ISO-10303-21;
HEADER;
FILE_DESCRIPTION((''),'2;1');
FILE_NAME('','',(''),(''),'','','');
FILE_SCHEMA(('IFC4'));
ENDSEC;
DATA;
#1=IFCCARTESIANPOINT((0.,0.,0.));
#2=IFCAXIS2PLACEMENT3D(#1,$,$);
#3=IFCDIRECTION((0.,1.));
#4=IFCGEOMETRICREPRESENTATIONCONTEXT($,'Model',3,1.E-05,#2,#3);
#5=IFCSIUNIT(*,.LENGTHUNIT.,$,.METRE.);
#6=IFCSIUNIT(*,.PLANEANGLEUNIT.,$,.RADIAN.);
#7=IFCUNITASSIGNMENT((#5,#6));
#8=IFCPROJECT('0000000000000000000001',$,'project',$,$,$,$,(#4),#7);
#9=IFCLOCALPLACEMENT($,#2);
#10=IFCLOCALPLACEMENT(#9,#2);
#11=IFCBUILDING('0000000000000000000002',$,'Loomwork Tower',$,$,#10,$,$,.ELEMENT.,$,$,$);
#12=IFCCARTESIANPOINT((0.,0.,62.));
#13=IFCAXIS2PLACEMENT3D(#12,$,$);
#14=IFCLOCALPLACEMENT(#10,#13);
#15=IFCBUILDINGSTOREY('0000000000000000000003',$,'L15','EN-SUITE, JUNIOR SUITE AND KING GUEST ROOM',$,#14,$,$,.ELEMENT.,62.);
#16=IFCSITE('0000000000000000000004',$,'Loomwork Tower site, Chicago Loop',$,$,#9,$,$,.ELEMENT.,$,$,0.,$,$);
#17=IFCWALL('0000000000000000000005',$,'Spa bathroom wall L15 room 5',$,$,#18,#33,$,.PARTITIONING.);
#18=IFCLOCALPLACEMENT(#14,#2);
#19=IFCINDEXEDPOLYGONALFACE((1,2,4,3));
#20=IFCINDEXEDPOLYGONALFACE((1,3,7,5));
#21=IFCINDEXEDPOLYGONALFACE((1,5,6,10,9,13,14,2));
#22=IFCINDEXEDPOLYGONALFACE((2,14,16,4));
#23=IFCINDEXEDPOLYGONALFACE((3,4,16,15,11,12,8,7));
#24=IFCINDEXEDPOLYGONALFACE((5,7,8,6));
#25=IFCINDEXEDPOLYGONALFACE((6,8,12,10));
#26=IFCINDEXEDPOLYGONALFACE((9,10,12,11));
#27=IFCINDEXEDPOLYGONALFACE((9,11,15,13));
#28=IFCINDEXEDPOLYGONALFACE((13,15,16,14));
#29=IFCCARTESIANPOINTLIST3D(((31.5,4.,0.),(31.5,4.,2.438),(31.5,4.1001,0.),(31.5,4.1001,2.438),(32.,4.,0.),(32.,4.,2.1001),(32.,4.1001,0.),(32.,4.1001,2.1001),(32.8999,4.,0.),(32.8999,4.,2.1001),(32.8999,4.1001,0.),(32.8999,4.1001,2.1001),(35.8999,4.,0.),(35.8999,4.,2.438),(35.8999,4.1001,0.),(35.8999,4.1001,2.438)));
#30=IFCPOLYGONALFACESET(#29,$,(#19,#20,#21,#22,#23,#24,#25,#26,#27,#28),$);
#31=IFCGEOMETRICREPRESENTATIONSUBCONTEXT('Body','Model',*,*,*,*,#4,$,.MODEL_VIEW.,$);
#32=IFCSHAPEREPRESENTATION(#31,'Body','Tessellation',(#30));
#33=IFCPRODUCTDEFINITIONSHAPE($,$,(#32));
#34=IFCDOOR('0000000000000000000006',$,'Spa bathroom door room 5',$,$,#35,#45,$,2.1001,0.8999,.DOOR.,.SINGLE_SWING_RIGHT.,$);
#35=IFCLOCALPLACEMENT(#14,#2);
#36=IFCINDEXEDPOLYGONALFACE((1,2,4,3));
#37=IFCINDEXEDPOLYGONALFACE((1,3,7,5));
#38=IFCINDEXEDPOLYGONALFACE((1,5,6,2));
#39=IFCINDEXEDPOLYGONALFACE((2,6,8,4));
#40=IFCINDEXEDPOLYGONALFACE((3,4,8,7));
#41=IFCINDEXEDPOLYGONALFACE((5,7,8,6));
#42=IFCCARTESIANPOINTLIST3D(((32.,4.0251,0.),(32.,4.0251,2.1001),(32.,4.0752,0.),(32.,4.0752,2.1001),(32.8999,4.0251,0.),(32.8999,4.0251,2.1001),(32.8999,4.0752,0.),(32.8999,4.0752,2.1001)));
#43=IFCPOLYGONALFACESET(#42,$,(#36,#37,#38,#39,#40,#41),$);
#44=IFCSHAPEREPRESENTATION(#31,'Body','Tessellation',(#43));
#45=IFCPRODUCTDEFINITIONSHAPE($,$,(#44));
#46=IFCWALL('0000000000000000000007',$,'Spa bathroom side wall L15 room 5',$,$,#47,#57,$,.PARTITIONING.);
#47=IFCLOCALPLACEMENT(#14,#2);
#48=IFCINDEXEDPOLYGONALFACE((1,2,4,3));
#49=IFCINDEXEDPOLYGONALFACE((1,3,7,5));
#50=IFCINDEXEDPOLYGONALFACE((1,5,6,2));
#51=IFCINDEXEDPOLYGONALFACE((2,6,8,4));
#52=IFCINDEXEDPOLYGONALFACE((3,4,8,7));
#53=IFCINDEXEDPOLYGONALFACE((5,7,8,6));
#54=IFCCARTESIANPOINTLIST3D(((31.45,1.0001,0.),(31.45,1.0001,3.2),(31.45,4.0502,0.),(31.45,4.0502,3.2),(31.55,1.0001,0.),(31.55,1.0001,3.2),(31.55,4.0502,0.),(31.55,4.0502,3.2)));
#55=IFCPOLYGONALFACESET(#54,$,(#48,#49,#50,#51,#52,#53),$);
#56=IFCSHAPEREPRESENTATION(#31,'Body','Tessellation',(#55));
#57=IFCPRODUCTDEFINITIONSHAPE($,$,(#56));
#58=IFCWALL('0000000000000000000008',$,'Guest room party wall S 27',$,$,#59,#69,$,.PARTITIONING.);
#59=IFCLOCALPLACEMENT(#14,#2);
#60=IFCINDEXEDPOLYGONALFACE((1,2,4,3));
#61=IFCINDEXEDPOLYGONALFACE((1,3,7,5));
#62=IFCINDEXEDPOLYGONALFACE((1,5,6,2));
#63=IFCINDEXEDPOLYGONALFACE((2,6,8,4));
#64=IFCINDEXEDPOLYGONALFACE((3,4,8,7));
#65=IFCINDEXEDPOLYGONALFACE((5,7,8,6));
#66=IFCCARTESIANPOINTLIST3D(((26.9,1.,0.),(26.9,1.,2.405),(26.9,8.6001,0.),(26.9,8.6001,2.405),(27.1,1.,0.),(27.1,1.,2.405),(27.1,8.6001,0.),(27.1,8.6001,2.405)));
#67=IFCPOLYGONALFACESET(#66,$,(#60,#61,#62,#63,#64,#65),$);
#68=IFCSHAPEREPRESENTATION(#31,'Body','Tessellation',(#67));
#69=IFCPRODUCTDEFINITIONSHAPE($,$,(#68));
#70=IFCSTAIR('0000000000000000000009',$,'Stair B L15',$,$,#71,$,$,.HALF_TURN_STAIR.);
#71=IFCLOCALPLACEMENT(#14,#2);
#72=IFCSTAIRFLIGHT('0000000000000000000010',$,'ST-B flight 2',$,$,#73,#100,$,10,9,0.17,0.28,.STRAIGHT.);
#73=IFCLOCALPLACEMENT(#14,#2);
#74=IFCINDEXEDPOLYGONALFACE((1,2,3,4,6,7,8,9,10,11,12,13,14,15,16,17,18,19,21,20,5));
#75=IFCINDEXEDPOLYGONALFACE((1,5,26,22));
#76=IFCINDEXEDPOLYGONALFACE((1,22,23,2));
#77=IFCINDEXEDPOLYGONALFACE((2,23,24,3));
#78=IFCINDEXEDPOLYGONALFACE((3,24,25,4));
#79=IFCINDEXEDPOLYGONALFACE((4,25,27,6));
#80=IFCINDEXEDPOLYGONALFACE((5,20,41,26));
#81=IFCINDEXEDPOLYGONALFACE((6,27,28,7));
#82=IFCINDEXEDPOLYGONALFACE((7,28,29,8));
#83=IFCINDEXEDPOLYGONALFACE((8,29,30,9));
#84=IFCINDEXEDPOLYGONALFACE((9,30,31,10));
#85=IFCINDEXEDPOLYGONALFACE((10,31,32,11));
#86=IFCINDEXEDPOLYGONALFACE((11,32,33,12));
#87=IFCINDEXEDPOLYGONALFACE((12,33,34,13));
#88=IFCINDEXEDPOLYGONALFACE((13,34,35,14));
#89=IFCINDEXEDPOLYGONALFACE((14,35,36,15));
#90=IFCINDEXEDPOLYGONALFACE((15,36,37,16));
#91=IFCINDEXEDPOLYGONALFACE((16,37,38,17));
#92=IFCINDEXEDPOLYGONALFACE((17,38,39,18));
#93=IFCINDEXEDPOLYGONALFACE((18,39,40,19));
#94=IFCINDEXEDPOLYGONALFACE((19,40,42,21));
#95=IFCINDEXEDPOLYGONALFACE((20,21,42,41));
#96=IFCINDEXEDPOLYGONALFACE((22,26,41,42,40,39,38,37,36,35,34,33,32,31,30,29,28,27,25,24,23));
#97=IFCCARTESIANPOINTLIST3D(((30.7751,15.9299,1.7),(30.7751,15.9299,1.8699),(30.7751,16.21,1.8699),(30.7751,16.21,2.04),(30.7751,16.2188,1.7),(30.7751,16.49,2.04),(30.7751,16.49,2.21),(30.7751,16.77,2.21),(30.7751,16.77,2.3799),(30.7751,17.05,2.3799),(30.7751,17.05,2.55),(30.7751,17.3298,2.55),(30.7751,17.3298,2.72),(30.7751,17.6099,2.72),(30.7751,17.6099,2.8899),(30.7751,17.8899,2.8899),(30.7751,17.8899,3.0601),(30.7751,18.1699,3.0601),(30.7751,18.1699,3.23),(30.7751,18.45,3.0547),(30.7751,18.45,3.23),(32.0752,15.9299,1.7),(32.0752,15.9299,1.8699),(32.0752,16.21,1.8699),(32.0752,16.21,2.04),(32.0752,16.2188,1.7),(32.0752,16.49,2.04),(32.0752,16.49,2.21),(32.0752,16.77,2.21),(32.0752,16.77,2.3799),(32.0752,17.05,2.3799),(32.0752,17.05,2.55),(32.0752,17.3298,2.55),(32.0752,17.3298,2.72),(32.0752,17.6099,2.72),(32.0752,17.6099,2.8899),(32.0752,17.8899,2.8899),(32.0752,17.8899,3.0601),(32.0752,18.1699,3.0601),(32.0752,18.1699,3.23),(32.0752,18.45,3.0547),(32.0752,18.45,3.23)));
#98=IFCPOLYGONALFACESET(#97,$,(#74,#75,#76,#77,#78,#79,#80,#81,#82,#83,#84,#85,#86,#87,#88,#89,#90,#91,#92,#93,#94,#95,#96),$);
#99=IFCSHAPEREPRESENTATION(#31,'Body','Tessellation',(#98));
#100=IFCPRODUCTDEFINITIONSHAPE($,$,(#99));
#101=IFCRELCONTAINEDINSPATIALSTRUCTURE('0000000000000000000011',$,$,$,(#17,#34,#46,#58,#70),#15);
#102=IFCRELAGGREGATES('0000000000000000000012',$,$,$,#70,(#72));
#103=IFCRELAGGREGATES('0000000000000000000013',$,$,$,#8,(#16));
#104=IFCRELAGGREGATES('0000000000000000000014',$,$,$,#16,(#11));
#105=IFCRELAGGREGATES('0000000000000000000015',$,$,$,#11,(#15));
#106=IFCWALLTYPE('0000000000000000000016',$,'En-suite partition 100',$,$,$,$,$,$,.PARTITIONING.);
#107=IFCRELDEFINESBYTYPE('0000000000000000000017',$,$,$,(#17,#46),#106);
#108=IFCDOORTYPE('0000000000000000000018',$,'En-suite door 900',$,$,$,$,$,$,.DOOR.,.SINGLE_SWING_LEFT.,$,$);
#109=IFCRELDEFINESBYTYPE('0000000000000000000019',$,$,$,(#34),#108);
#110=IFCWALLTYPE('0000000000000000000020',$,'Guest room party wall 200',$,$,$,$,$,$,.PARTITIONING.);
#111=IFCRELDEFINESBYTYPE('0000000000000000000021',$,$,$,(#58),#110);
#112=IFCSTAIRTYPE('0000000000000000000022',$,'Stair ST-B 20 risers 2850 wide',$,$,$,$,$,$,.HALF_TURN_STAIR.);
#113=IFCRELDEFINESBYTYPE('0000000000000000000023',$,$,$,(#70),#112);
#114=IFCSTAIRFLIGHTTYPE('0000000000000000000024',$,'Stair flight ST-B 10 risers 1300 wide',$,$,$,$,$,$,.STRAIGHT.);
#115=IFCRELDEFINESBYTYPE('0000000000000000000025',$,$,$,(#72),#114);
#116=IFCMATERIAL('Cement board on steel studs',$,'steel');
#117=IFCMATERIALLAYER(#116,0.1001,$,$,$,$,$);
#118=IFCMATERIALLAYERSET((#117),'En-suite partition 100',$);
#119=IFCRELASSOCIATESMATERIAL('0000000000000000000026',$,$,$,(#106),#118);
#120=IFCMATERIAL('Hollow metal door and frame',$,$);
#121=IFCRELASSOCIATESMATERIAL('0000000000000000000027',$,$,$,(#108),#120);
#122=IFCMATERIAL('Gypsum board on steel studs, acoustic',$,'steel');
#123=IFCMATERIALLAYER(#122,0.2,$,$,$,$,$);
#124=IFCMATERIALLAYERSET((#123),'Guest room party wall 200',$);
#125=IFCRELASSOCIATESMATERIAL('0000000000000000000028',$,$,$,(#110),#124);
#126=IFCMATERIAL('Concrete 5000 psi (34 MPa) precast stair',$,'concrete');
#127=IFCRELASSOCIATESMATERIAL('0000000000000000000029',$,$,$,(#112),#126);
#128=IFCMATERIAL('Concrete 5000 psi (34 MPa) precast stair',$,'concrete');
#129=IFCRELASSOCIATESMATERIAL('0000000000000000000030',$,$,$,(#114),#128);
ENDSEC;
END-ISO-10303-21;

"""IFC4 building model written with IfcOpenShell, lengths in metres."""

from ifc_helpers import new_model, si_unit, direction, frame, frame_2d, origin, place, context, subcontext, project, spatial, polyline, rectangle, outline, extrude, material, layer, layer_set, type_object, element, fill, aggregate, save


model = new_model("IFC4")

# Units and contexts
model_context = context("Model", 3, precision=1e-05, world=origin(), true_north=direction((0.0, 1.0)))
body_context = subcontext(model_context, "Body", "Model", "MODEL_VIEW")
ifc_project = project(units=[si_unit("LENGTHUNIT", "METRE"), si_unit("PLANEANGLEUNIT", "RADIAN")], contexts=[model_context])

# Site, building, storey
site_placement = place(None, origin())
site = spatial("IfcSite", under=ifc_project, at=site_placement, Name="Loomwork Tower site, Chicago Loop", CompositionType="ELEMENT", RefElevation=0.0)
building_placement = place(site_placement, origin())
building = spatial("IfcBuilding", under=site, at=building_placement, Name="Loomwork Tower", CompositionType="ELEMENT")
storey_placement = place(building_placement, frame((0.0, 0.0, 62.0)))
storey = spatial("IfcBuildingStorey", under=building, at=storey_placement, Name="L15", Description="EN-SUITE, JUNIOR SUITE AND KING GUEST ROOM", CompositionType="ELEMENT", Elevation=62.0)

# Wall, opening, door
ifc_material_1 = material(Name="Cement board on steel studs", Category="steel")
ifc_layer_1 = layer(ifc_material_1, 0.1001)
ifc_layer_set_1 = layer_set([ifc_layer_1], Name="En-suite partition 100")
wall_type_1 = type_object("IfcWallType", Name="En-suite partition 100", PredefinedType="PARTITIONING", material=ifc_layer_set_1)
wall_1_placement = place(storey_placement, frame((31.5, 4.05, 0.0), z_axis=(0.0, 0.0, 1.0), x_axis=(1.0, 0.0, 0.0)))
wall_1 = element("IfcWall", 1, at=wall_1_placement, inside=storey, type_object=wall_type_1, Name="Spa bathroom wall L15 room 5", PredefinedType="PARTITIONING", context=body_context, shape_type="SweptSolid", body=[
    extrude(rectangle(XDim=4.3999, YDim=0.1001, at=frame_2d((2.2, 0.0))), origin(), (0.0, 0.0, 1.0), 2.438),
])
opening_1_placement = place(wall_1_placement, frame((0.5, 0.0, 0.0)))
opening_1 = element("IfcOpeningElement", 2, at=opening_1_placement, cuts=wall_1, PredefinedType="OPENING", context=body_context, shape_type="SweptSolid", body=[
    extrude(rectangle(XDim=0.8999, YDim=2.1001, at=frame_2d((0.45, 1.05))), frame((0.0, 0.0601, 0.0), z_axis=(0.0, -1.0, 0.0), x_axis=(1.0, 0.0, 0.0)), (0.0, 0.0, 1.0), 0.1201),
])
ifc_material_2 = material(Name="Hollow metal door and frame")
door_type_1 = type_object("IfcDoorType", Name="En-suite door 900", OperationType="SINGLE_SWING_LEFT", PredefinedType="DOOR", material=ifc_material_2)
door_1_placement = place(opening_1_placement, frame((0.8999, 0.0, 0.0), z_axis=(0.0, 0.0, 1.0), x_axis=(-1.0, 0.0, 0.0)))
door_1 = element("IfcDoor", 3, at=door_1_placement, inside=storey, type_object=door_type_1, Name="Spa bathroom door room 5", OperationType="SINGLE_SWING_RIGHT", OverallHeight=2.1001, OverallWidth=0.8999, PredefinedType="DOOR", context=body_context, shape_type="SweptSolid", body=[
    extrude(rectangle(XDim=0.8999, YDim=2.1001, at=frame_2d((0.45, 1.05))), frame((0.0, 0.0249, 0.0), z_axis=(0.0, -1.0, 0.0), x_axis=(1.0, 0.0, 0.0)), (0.0, 0.0, 1.0), 0.05),
])
fill(opening_1, door_1)

# Walls
wall_2_placement = place(storey_placement, frame((31.5, 4.05, 0.0), z_axis=(0.0, 0.0, 1.0), x_axis=(0.0, -1.0, 0.0)))
element("IfcWall", 4, at=wall_2_placement, inside=storey, type_object=wall_type_1, Name="Spa bathroom side wall L15 room 5", PredefinedType="PARTITIONING", context=body_context, shape_type="SweptSolid", body=[
    extrude(rectangle(XDim=3.05, YDim=0.1001, at=frame_2d((1.5249, 0.0))), origin(), (0.0, 0.0, 1.0), 3.2),
])
ifc_material_3 = material(Name="Gypsum board on steel studs, acoustic", Category="steel")
ifc_layer_2 = layer(ifc_material_3, 0.2)
ifc_layer_set_2 = layer_set([ifc_layer_2], Name="Guest room party wall 200")
wall_type_2 = type_object("IfcWallType", Name="Guest room party wall 200", PredefinedType="PARTITIONING", material=ifc_layer_set_2)
wall_3_placement = place(storey_placement, frame((27.0, 8.6001, 0.0), z_axis=(0.0, 0.0, 1.0), x_axis=(0.0, -1.0, 0.0)))
element("IfcWall", 5, at=wall_3_placement, inside=storey, type_object=wall_type_2, Name="Guest room party wall S 27", PredefinedType="PARTITIONING", context=body_context, shape_type="SweptSolid", body=[
    extrude(rectangle(XDim=7.6001, YDim=0.2, at=frame_2d((3.8, 0.0))), origin(), (0.0, 0.0, 1.0), 2.405),
])

# Stair, stair flight
ifc_material_4 = material(Name="Concrete 5000 psi (34 MPa) precast stair", Category="concrete")
stair_type = type_object("IfcStairType", Name="Stair ST-B 20 risers 2850 wide", PredefinedType="HALF_TURN_STAIR", material=ifc_material_4)
stair_placement = place(storey_placement, origin())
stair = element("IfcStair", 6, at=stair_placement, inside=storey, type_object=stair_type, Name="Stair B L15", PredefinedType="HALF_TURN_STAIR")
ifc_material_5 = material(Name="Concrete 5000 psi (34 MPa) precast stair", Category="concrete")
stair_flight_type = type_object("IfcStairFlightType", Name="Stair flight ST-B 10 risers 1300 wide", PredefinedType="STRAIGHT", material=ifc_material_5)
stair_flight_placement = place(storey_placement, frame((31.425, 15.9299, 1.7), z_axis=(0.0, 0.0, 1.0), x_axis=(0.0, 1.0, 0.0)))
stair_flight = element("IfcStairFlight", 7, at=stair_flight_placement, type_object=stair_flight_type, Name="ST-B flight 2", NumberOfRisers=10, NumberOfTreads=9, PredefinedType="STRAIGHT", RiserHeight=0.17, TreadLength=0.28, context=body_context, shape_type="SweptSolid", body=[
    extrude(outline(polyline([(0.0, 0.0), (0.0, 0.1699), (0.28, 0.1699), (0.28, 0.3401), (0.5601, 0.3401), (0.5601, 0.51), (0.8401, 0.51), (0.8401, 0.6799), (1.1201, 0.6799), (1.1201, 0.8501), (1.3999, 0.8501), (1.3999, 1.02), (1.6799, 1.02), (1.6799, 1.1899), (1.96, 1.1899), (1.96, 1.3601), (2.24, 1.3601), (2.24, 1.53), (2.52, 1.53), (2.52, 1.7), (2.52, 1.3547), (0.2888, 0.0), (0.0, 0.0)])), frame((0.0, 0.6499, 0.0), z_axis=(0.0, -1.0, 0.0), x_axis=(1.0, 0.0, 0.0)), (0.0, 0.0, 1.0), 1.3),
])
aggregate(stair, [stair_flight])

save(model, "model.ifc")
